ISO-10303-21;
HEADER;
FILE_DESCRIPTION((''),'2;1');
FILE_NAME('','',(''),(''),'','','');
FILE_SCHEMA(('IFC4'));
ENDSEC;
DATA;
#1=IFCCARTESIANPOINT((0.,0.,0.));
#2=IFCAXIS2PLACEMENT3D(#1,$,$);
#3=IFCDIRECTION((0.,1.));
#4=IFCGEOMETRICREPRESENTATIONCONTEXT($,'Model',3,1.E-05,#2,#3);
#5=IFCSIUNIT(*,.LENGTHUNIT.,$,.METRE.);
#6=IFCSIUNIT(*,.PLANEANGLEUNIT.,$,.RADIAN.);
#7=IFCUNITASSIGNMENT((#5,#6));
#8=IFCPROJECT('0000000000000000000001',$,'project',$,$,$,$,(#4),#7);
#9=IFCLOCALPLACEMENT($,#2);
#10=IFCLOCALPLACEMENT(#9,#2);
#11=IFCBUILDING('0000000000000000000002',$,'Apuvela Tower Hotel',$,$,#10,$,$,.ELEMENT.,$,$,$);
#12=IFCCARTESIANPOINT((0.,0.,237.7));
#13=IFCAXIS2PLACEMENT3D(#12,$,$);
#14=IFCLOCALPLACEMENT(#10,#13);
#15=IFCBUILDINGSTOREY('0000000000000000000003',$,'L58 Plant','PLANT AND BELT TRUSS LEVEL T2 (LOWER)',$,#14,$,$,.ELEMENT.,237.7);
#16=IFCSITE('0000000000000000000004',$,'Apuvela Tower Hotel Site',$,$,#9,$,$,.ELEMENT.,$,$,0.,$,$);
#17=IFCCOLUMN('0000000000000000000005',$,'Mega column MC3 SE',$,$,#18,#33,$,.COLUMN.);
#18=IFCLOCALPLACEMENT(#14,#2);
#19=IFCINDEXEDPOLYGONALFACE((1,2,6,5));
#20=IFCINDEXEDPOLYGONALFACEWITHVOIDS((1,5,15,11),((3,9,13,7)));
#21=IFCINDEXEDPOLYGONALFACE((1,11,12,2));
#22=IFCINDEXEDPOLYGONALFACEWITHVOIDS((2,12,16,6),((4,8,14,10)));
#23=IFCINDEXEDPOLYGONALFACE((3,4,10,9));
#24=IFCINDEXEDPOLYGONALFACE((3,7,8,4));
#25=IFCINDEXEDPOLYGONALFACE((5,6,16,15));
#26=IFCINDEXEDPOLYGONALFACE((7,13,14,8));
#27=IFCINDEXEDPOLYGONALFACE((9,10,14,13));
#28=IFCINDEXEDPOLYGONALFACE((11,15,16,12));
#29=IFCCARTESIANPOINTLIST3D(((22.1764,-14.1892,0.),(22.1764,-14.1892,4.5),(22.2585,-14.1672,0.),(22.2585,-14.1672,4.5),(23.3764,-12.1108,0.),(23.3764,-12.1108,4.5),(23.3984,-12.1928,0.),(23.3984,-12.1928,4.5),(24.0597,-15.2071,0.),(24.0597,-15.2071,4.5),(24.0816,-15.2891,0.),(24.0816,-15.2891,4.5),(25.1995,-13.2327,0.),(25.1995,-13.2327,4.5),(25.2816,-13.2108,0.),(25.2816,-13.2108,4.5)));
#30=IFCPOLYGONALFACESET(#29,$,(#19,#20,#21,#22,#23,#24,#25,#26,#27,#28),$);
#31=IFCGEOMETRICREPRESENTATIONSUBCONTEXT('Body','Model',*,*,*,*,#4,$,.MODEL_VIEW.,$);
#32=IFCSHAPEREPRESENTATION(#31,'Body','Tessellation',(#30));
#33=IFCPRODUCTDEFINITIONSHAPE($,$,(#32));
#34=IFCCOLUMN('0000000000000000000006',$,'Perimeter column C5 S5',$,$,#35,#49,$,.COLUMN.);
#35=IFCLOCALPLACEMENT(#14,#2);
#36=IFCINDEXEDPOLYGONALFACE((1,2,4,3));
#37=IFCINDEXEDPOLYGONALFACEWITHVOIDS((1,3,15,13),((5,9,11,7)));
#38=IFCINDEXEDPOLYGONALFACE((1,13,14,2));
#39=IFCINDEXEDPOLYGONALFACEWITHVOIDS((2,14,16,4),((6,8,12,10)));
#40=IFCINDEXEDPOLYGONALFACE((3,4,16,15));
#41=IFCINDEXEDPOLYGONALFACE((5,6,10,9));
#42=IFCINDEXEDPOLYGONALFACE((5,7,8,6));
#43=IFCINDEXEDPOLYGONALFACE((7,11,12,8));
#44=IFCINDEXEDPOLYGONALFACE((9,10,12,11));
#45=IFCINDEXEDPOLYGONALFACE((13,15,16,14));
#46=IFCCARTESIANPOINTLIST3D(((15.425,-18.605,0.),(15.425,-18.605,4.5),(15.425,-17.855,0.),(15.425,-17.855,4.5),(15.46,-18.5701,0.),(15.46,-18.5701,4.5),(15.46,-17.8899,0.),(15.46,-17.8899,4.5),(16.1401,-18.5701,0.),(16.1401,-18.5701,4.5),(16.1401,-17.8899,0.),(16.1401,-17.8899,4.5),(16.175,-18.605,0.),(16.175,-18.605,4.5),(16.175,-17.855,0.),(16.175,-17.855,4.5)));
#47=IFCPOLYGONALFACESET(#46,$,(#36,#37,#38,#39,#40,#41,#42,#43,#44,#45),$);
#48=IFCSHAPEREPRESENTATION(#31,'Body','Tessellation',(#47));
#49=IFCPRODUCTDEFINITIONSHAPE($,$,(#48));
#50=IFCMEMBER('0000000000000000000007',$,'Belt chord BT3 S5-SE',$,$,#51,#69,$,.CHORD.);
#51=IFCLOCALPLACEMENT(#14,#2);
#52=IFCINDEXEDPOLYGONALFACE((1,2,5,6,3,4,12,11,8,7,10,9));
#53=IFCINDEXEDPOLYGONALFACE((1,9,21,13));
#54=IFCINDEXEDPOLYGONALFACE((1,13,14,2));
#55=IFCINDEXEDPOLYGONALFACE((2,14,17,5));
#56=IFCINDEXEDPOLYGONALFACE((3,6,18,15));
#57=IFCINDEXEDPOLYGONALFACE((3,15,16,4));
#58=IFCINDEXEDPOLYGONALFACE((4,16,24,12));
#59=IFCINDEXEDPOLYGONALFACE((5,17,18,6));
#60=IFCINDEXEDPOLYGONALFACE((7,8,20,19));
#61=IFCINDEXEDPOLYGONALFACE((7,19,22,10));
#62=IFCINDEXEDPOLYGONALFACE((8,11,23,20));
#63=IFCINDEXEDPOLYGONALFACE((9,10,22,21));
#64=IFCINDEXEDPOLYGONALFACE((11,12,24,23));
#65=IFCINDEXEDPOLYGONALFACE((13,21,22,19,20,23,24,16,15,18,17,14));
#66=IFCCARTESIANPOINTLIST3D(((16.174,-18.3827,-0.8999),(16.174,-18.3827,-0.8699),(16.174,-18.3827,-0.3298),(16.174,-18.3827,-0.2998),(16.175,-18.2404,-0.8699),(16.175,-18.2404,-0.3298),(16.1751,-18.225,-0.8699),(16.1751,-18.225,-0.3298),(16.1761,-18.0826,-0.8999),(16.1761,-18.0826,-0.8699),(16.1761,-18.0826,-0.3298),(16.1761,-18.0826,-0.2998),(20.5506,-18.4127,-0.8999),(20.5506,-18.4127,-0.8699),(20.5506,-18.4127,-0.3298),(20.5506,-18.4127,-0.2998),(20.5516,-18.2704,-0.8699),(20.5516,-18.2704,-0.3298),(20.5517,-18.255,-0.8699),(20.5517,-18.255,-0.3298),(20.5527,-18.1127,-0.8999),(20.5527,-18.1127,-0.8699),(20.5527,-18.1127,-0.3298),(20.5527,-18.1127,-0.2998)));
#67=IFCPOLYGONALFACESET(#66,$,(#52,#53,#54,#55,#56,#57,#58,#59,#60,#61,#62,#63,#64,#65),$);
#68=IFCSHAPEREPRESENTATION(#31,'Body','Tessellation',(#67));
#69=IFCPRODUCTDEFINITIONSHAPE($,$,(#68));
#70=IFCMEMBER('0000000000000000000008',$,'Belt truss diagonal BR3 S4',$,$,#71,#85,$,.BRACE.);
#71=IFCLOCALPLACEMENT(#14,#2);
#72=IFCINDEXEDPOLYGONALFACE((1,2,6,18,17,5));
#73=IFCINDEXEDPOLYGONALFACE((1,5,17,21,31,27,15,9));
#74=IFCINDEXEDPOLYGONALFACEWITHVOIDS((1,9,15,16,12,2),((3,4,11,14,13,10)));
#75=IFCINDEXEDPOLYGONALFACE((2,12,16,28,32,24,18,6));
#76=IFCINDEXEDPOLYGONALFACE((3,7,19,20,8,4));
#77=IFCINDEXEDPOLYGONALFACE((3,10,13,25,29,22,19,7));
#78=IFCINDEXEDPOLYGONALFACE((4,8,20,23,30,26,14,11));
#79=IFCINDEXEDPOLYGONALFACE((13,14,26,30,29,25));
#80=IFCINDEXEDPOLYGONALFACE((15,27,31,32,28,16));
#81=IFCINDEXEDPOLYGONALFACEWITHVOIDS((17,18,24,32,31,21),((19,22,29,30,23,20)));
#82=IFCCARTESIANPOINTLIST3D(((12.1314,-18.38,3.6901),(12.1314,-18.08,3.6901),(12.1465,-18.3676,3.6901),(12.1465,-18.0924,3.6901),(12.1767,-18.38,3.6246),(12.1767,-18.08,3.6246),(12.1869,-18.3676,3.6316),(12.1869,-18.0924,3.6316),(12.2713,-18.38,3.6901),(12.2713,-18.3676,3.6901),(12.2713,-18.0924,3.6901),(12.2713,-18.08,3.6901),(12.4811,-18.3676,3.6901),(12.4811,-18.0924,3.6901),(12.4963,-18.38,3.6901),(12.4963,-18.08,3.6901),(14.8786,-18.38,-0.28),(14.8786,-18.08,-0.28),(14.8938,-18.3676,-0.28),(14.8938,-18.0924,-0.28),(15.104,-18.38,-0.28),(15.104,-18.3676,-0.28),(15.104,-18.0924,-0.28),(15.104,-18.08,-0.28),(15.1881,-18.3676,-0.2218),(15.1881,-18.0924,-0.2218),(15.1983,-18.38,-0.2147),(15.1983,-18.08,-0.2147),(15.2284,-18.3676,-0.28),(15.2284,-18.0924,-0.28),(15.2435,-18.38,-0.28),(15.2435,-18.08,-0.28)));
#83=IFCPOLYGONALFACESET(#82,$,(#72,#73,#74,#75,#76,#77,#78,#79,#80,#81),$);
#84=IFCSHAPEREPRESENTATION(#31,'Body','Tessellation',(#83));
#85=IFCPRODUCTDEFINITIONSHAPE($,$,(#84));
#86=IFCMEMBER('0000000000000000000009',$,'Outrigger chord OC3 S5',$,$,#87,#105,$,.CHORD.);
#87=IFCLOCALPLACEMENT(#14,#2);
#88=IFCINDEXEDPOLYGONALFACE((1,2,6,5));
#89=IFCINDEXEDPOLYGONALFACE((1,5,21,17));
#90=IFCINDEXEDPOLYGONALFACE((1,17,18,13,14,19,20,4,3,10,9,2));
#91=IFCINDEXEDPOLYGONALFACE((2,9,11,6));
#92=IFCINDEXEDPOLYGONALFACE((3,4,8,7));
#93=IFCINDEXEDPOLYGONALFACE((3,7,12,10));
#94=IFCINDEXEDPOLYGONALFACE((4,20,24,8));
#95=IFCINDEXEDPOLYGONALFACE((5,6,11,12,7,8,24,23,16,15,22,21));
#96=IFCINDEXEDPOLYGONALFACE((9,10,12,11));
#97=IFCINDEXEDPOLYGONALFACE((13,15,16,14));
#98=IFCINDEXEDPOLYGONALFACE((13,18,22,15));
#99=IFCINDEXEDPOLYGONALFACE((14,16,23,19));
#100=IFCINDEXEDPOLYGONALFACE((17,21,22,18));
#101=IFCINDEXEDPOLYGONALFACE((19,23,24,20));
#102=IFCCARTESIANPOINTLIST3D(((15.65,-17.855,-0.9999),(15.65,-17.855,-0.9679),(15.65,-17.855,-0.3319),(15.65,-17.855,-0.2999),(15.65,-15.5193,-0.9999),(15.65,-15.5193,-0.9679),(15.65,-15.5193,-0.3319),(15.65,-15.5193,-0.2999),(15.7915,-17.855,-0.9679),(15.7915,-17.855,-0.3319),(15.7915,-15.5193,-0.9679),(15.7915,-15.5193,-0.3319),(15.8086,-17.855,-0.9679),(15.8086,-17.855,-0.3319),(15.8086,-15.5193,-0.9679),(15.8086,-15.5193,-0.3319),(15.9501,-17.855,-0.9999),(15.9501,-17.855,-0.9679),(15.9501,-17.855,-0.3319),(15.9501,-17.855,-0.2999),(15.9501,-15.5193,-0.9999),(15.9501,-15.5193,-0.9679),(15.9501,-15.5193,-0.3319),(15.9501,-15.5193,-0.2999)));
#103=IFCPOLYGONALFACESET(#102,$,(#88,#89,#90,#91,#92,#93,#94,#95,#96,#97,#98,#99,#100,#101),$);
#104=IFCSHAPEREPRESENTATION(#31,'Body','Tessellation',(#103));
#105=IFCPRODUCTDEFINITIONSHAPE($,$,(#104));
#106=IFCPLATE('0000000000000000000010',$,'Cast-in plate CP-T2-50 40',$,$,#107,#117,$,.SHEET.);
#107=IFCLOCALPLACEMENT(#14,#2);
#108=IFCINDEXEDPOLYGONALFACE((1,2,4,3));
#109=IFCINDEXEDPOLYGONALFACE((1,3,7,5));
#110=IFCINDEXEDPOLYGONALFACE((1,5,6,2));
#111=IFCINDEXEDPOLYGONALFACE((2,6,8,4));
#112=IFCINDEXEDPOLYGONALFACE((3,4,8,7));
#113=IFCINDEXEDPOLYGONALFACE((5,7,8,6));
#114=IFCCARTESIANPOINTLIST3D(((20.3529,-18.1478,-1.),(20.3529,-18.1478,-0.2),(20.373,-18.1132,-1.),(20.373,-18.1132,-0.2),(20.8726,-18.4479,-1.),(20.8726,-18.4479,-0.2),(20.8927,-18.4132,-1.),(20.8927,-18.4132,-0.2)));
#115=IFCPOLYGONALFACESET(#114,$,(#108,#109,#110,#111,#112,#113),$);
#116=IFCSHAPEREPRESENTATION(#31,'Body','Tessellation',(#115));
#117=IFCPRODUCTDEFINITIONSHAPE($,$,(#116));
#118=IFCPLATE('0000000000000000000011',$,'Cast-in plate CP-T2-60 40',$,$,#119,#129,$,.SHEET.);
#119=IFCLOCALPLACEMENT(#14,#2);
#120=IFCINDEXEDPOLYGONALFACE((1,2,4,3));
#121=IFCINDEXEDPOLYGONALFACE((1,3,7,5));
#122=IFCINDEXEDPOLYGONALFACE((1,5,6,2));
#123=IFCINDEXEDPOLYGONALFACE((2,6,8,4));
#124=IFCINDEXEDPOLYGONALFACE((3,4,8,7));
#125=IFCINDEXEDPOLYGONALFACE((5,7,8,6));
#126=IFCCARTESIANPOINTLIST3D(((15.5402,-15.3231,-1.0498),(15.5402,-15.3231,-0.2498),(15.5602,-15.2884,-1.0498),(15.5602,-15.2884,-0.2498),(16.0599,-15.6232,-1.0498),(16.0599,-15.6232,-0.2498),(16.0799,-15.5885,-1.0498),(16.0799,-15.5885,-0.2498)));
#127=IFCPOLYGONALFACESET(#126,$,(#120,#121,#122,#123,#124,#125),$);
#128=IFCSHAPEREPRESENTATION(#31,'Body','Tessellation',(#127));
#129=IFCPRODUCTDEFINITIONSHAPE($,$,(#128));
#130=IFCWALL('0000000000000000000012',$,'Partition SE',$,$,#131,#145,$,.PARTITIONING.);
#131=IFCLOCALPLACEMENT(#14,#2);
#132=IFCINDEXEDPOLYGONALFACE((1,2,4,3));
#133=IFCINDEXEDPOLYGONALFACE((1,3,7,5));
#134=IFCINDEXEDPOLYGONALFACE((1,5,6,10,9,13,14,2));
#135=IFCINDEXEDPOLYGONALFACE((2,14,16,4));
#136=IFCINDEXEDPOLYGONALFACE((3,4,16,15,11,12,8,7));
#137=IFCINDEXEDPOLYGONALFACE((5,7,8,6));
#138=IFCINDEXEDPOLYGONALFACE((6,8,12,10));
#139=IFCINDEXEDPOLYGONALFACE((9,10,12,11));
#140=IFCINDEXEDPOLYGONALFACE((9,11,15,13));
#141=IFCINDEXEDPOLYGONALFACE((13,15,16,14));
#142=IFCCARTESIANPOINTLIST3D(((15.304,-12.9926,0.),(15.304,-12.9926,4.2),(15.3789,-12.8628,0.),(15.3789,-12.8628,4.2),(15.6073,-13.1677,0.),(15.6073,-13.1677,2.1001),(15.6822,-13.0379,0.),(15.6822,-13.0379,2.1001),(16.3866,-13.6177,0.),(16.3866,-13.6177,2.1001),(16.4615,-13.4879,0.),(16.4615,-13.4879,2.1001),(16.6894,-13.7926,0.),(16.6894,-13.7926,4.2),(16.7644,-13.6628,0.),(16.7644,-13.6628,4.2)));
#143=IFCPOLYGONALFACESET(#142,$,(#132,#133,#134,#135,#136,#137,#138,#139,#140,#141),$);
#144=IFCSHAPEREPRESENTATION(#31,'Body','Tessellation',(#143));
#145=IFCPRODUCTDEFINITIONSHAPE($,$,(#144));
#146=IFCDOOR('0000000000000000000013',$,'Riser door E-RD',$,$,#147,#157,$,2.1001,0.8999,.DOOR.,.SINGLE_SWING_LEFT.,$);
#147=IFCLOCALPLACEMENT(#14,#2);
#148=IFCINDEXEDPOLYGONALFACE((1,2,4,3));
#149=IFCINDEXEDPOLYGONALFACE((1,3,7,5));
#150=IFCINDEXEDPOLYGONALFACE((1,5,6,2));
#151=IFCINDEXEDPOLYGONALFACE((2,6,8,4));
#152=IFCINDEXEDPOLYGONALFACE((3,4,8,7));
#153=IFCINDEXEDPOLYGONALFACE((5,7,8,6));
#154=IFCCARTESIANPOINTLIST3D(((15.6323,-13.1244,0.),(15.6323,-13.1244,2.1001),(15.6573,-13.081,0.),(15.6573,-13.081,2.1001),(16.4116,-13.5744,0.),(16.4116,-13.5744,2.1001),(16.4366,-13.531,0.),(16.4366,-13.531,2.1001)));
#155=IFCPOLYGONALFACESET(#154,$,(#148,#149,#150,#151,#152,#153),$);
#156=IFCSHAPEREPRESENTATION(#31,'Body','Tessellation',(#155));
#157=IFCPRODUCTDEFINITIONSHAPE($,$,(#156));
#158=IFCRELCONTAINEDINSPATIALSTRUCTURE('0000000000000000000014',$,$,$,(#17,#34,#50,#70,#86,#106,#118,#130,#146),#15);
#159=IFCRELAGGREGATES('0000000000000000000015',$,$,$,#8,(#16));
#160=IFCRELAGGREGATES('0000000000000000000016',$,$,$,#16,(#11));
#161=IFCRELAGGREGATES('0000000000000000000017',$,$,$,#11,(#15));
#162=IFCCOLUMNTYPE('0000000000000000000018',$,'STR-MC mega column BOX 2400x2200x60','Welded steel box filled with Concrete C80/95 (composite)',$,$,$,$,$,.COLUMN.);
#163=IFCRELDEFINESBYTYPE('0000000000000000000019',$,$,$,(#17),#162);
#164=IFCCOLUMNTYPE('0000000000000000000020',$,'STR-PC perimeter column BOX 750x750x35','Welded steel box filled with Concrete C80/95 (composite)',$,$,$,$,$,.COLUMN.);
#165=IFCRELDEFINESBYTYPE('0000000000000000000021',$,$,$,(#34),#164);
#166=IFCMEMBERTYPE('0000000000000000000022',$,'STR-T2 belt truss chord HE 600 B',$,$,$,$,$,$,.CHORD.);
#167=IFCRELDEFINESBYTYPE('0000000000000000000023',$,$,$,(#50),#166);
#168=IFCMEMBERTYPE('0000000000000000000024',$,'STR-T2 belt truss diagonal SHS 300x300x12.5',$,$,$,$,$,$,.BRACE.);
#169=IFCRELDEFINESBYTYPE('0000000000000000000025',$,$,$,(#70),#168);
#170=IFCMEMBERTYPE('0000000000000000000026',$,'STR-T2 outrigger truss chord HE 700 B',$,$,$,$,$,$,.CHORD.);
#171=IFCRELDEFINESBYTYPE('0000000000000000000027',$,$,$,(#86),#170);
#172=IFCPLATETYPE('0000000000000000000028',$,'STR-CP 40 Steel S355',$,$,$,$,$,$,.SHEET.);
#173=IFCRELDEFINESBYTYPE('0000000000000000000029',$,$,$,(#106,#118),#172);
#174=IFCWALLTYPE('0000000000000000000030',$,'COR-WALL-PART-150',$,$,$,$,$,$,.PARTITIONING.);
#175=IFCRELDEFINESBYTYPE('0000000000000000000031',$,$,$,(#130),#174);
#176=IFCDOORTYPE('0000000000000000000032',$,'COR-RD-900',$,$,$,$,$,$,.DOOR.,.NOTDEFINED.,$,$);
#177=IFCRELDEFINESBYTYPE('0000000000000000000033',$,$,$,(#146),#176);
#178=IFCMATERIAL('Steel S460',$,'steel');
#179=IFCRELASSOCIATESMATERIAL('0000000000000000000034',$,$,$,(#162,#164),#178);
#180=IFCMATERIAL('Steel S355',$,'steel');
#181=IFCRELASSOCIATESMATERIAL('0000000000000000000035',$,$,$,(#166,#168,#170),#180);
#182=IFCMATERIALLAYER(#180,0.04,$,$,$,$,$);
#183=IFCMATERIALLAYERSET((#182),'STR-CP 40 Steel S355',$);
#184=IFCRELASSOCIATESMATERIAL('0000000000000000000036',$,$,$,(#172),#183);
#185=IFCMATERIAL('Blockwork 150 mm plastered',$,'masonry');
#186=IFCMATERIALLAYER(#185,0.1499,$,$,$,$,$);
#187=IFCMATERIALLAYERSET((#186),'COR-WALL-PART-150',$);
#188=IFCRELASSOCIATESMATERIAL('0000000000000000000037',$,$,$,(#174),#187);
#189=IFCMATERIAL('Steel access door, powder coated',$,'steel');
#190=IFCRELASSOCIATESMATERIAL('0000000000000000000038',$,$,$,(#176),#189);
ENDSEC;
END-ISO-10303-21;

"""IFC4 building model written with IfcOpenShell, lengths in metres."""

from ifc_helpers import new_model, si_unit, direction, frame, frame_2d, origin, origin_2d, place, context, subcontext, project, spatial, rectangle, hollow_rectangle, i_section, extrude, boolean, halfspace, material, layer, layer_set, material_profile, profile_set, type_object, element, fill, save


model = new_model("IFC4")

# Units and contexts
model_context = context("Model", 3, precision=1e-05, world=origin(), true_north=direction((0.0, 1.0)))
body_context = subcontext(model_context, "Body", "Model", "MODEL_VIEW")
ifc_project = project(units=[si_unit("LENGTHUNIT", "METRE"), si_unit("PLANEANGLEUNIT", "RADIAN")], contexts=[model_context])

# Site, building, storey
site_placement = place(None, origin())
site = spatial("IfcSite", under=ifc_project, at=site_placement, Name="Apuvela Tower Hotel Site", CompositionType="ELEMENT", RefElevation=0.0)
building_placement = place(site_placement, origin())
building = spatial("IfcBuilding", under=site, at=building_placement, Name="Apuvela Tower Hotel", CompositionType="ELEMENT")
storey_placement = place(building_placement, frame((0.0, 0.0, 237.7)))
storey = spatial("IfcBuildingStorey", under=building, at=storey_placement, Name="L58 Plant", Description="PLANT AND BELT TRUSS LEVEL T2 (LOWER)", CompositionType="ELEMENT", Elevation=237.7)

# Columns
ifc_material_1 = material(Name="Steel S460", Category="steel")
ifc_material_profile_1 = material_profile(ifc_material_1, hollow_rectangle(XDim=2.3999, YDim=2.2, WallThickness=0.0601, at=origin_2d()), Name="BOX 2400x2200x60")
ifc_material_2 = material(Name="Concrete C80/95", Category="concrete")
ifc_material_profile_2 = material_profile(ifc_material_2, rectangle(XDim=2.28, YDim=2.0801, at=origin_2d()), Name="Concrete C80/95 infill")
ifc_profile_set_1 = profile_set([ifc_material_profile_1, ifc_material_profile_2], Name="Steel S460")
column_type_1 = type_object("IfcColumnType", Name="STR-MC mega column BOX 2400x2200x60", Description="Welded steel box filled with Concrete C80/95 (composite)", PredefinedType="COLUMN", material=ifc_profile_set_1)
column_1_placement = place(storey_placement, frame((23.729, -13.7, 0.0), z_axis=(0.0, 0.0, 1.0), x_axis=(0.5, 0.866025, 0.0)))
element("IfcColumn", 1, at=column_1_placement, inside=storey, type_object=column_type_1, Name="Mega column MC3 SE", PredefinedType="COLUMN", context=body_context, shape_type="SweptSolid", body=[
    extrude(hollow_rectangle(XDim=2.3999, YDim=2.2, WallThickness=0.0601, at=origin_2d()), origin(), (0.0, 0.0, 1.0), 4.5),
])
ifc_material_profile_3 = material_profile(ifc_material_1, hollow_rectangle(XDim=0.75, YDim=0.75, WallThickness=0.0349, at=origin_2d()), Name="BOX 750x750x35")
ifc_material_profile_4 = material_profile(ifc_material_2, rectangle(XDim=0.6799, YDim=0.6799, at=origin_2d()), Name="Concrete C80/95 infill")
ifc_profile_set_2 = profile_set([ifc_material_profile_3, ifc_material_profile_4], Name="Steel S460")
column_type_2 = type_object("IfcColumnType", Name="STR-PC perimeter column BOX 750x750x35", Description="Welded steel box filled with Concrete C80/95 (composite)", PredefinedType="COLUMN", material=ifc_profile_set_2)
column_2_placement = place(storey_placement, frame((15.8, -18.23, 0.0), z_axis=(0.0, 0.0, 1.0), x_axis=(-1.0, 0.0, 0.0)))
element("IfcColumn", 2, at=column_2_placement, inside=storey, type_object=column_type_2, Name="Perimeter column C5 S5", PredefinedType="COLUMN", context=body_context, shape_type="SweptSolid", body=[
    extrude(hollow_rectangle(XDim=0.75, YDim=0.75, WallThickness=0.0349, at=origin_2d()), origin(), (0.0, 0.0, 1.0), 4.5),
])

# Members
ifc_material_3 = material(Name="Steel S355", Category="steel")
ifc_material_profile_5 = material_profile(ifc_material_3, i_section(OverallWidth=0.3, OverallDepth=0.6001, WebThickness=0.0154, FlangeThickness=0.03, at=origin_2d()), Name="HE 600 B")
ifc_profile_set_3 = profile_set([ifc_material_profile_5], Name="Steel S355")
member_type_1 = type_object("IfcMemberType", Name="STR-T2 belt truss chord HE 600 B", PredefinedType="CHORD", material=ifc_profile_set_3)
member_1_placement = place(storey_placement, frame((16.175, -18.2327, -0.5999), z_axis=(0.999976, -0.006861, 0.0), x_axis=(0.006861, 0.999976, 0.0)))
element("IfcMember", 3, at=member_1_placement, inside=storey, type_object=member_type_1, Name="Belt chord BT3 S5-SE", PredefinedType="CHORD", context=body_context, shape_type="SweptSolid", body=[
    extrude(i_section(OverallWidth=0.3, OverallDepth=0.6001, WebThickness=0.0154, FlangeThickness=0.03, at=origin_2d()), origin(), (0.0, 0.0, 1.0), 4.3767),
])
ifc_material_profile_6 = material_profile(ifc_material_3, hollow_rectangle(XDim=0.3, YDim=0.3, WallThickness=0.0125, at=origin_2d()), Name="SHS 300x300x12.5")
ifc_profile_set_4 = profile_set([ifc_material_profile_6], Name="Steel S355")
member_type_2 = type_object("IfcMemberType", Name="STR-T2 belt truss diagonal SHS 300x300x12.5", PredefinedType="BRACE", material=ifc_profile_set_4)
member_2_placement = place(storey_placement, frame((15.075, -18.23, -0.3), z_axis=(-0.569036, 0.0, 0.822313), x_axis=(0.822313, 0.0, 0.569036)))
solid_1 = boolean("DIFFERENCE", boolean("DIFFERENCE", extrude(hollow_rectangle(XDim=0.3, YDim=0.3, WallThickness=0.0125, at=origin_2d()), frame((0.0, 0.0, -0.2239)), (0.0, 0.0, 1.0), 5.3242), halfspace(frame((0.0, 0.0, 0.0244), z_axis=(0.569036, 0.0, 0.822313), x_axis=(0.822313, 0.0, -0.569036)), True)), halfspace(frame((0.0, 0.0, 4.8523), z_axis=(0.569036, 0.0, 0.822313), x_axis=(0.822313, 0.0, -0.569036)), False))
element("IfcMember", 4, at=member_2_placement, inside=storey, type_object=member_type_2, Name="Belt truss diagonal BR3 S4", PredefinedType="BRACE", context=body_context, shape_type="SweptSolid", body=[
    boolean("UNION", boolean("DIFFERENCE", boolean("DIFFERENCE", extrude(hollow_rectangle(XDim=0.3, YDim=0.3, WallThickness=0.0125, at=origin_2d()), origin(), (0.0, 0.0, 1.0), 4.8765), halfspace(frame((0.0, 0.0, 0.0244), z_axis=(0.569036, 0.0, 0.822313), x_axis=(0.822313, 0.0, -0.569036)), True)), halfspace(frame((0.0, 0.0, 4.8523), z_axis=(0.569036, 0.0, 0.822313), x_axis=(0.822313, 0.0, -0.569036)), False)), solid_1),
])
ifc_material_profile_7 = material_profile(ifc_material_3, i_section(OverallWidth=0.3, OverallDepth=0.7, WebThickness=0.0171, FlangeThickness=0.032, at=origin_2d()), Name="HE 700 B")
ifc_profile_set_5 = profile_set([ifc_material_profile_7], Name="Steel S355")
member_type_3 = type_object("IfcMemberType", Name="STR-T2 outrigger truss chord HE 700 B", PredefinedType="CHORD", material=ifc_profile_set_5)
member_3_placement = place(storey_placement, frame((15.8, -17.855, -0.6499), z_axis=(0.0, 1.0, 0.0), x_axis=(-1.0, 0.0, 0.0)))
element("IfcMember", 5, at=member_3_placement, inside=storey, type_object=member_type_3, Name="Outrigger chord OC3 S5", PredefinedType="CHORD", context=body_context, shape_type="SweptSolid", body=[
    extrude(i_section(OverallWidth=0.3, OverallDepth=0.7, WebThickness=0.0171, FlangeThickness=0.032, at=origin_2d()), origin(), (0.0, 0.0, 1.0), 2.3357),
])

# Plates
ifc_layer_1 = layer(ifc_material_3, 0.04)
ifc_layer_set_1 = layer_set([ifc_layer_1], Name="STR-CP 40 Steel S355")
plate_type = type_object("IfcPlateType", Name="STR-CP 40 Steel S355", PredefinedType="SHEET", material=ifc_layer_set_1)
for number, where, z_axis, x_axis, name in (
    (6, (20.6228, -18.2805, -1.0), (0.0, 0.0, 1.0), (-0.5, -0.866025, 0.0), "Cast-in plate CP-T2-50 40"),
    (7, (15.8101, -15.4558, -1.0498), (0.0, 0.0, 1.0), (0.5, 0.866025, 0.0), "Cast-in plate CP-T2-60 40"),
):
    element("IfcPlate", number, at=place(storey_placement, frame(where, z_axis=z_axis, x_axis=x_axis)), inside=storey, type_object=plate_type, Name=name, PredefinedType="SHEET", context=body_context, shape_type="SweptSolid", body=[
        extrude(rectangle(XDim=0.04, YDim=0.6001, at=origin_2d()), origin(), (0.0, 0.0, 1.0), 0.8),
    ])

# Wall, opening, door
ifc_material_4 = material(Name="Blockwork 150 mm plastered", Category="masonry")
ifc_layer_2 = layer(ifc_material_4, 0.1499)
ifc_layer_set_2 = layer_set([ifc_layer_2], Name="COR-WALL-PART-150")
wall_type_1 = type_object("IfcWallType", Name="COR-WALL-PART-150", PredefinedType="PARTITIONING", material=ifc_layer_set_2)
wall_1_placement = place(storey_placement, frame((15.3416, -12.9277, 0.0), z_axis=(0.0, 0.0, 1.0), x_axis=(0.86599, -0.500061, 0.0)))
wall_1 = element("IfcWall", 8, at=wall_1_placement, inside=storey, type_object=wall_type_1, Name="Partition SE", PredefinedType="PARTITIONING", context=body_context, shape_type="SweptSolid", body=[
    extrude(rectangle(XDim=1.5999, YDim=0.1499, at=frame_2d((0.7998, 0.0))), origin(), (0.0, 0.0, 1.0), 4.2),
])
opening_1_placement = place(wall_1_placement, frame((0.3501, 0.0, 0.0)))
opening_1 = element("IfcOpeningElement", 9, at=opening_1_placement, cuts=wall_1, PredefinedType="OPENING", context=body_context, shape_type="SweptSolid", body=[
    extrude(rectangle(XDim=0.8999, YDim=2.1001, at=frame_2d((0.45, 1.05))), frame((0.0, 0.085, 0.0), z_axis=(0.0, -1.0, 0.0), x_axis=(1.0, 0.0, 0.0)), (0.0, 0.0, 1.0), 0.1699),
])
ifc_material_5 = material(Name="Steel access door, powder coated", Category="steel")
door_type_1 = type_object("IfcDoorType", Name="COR-RD-900", OperationType="NOTDEFINED", PredefinedType="DOOR", material=ifc_material_5)
door_1_placement = place(opening_1_placement, frame((0.8999, 0.0, 0.0), z_axis=(0.0, 0.0, 1.0), x_axis=(-1.0, 0.0, 0.0)))
door_1 = element("IfcDoor", 10, at=door_1_placement, inside=storey, type_object=door_type_1, Name="Riser door E-RD", OperationType="SINGLE_SWING_LEFT", OverallHeight=2.1001, OverallWidth=0.8999, PredefinedType="DOOR", context=body_context, shape_type="SweptSolid", body=[
    extrude(rectangle(XDim=0.8999, YDim=2.1001, at=frame_2d((0.45, 1.05))), frame((0.0, 0.0249, 0.0), z_axis=(0.0, -1.0, 0.0), x_axis=(1.0, 0.0, 0.0)), (0.0, 0.0, 1.0), 0.05),
])
fill(opening_1, door_1)

save(model, "model.ifc")
